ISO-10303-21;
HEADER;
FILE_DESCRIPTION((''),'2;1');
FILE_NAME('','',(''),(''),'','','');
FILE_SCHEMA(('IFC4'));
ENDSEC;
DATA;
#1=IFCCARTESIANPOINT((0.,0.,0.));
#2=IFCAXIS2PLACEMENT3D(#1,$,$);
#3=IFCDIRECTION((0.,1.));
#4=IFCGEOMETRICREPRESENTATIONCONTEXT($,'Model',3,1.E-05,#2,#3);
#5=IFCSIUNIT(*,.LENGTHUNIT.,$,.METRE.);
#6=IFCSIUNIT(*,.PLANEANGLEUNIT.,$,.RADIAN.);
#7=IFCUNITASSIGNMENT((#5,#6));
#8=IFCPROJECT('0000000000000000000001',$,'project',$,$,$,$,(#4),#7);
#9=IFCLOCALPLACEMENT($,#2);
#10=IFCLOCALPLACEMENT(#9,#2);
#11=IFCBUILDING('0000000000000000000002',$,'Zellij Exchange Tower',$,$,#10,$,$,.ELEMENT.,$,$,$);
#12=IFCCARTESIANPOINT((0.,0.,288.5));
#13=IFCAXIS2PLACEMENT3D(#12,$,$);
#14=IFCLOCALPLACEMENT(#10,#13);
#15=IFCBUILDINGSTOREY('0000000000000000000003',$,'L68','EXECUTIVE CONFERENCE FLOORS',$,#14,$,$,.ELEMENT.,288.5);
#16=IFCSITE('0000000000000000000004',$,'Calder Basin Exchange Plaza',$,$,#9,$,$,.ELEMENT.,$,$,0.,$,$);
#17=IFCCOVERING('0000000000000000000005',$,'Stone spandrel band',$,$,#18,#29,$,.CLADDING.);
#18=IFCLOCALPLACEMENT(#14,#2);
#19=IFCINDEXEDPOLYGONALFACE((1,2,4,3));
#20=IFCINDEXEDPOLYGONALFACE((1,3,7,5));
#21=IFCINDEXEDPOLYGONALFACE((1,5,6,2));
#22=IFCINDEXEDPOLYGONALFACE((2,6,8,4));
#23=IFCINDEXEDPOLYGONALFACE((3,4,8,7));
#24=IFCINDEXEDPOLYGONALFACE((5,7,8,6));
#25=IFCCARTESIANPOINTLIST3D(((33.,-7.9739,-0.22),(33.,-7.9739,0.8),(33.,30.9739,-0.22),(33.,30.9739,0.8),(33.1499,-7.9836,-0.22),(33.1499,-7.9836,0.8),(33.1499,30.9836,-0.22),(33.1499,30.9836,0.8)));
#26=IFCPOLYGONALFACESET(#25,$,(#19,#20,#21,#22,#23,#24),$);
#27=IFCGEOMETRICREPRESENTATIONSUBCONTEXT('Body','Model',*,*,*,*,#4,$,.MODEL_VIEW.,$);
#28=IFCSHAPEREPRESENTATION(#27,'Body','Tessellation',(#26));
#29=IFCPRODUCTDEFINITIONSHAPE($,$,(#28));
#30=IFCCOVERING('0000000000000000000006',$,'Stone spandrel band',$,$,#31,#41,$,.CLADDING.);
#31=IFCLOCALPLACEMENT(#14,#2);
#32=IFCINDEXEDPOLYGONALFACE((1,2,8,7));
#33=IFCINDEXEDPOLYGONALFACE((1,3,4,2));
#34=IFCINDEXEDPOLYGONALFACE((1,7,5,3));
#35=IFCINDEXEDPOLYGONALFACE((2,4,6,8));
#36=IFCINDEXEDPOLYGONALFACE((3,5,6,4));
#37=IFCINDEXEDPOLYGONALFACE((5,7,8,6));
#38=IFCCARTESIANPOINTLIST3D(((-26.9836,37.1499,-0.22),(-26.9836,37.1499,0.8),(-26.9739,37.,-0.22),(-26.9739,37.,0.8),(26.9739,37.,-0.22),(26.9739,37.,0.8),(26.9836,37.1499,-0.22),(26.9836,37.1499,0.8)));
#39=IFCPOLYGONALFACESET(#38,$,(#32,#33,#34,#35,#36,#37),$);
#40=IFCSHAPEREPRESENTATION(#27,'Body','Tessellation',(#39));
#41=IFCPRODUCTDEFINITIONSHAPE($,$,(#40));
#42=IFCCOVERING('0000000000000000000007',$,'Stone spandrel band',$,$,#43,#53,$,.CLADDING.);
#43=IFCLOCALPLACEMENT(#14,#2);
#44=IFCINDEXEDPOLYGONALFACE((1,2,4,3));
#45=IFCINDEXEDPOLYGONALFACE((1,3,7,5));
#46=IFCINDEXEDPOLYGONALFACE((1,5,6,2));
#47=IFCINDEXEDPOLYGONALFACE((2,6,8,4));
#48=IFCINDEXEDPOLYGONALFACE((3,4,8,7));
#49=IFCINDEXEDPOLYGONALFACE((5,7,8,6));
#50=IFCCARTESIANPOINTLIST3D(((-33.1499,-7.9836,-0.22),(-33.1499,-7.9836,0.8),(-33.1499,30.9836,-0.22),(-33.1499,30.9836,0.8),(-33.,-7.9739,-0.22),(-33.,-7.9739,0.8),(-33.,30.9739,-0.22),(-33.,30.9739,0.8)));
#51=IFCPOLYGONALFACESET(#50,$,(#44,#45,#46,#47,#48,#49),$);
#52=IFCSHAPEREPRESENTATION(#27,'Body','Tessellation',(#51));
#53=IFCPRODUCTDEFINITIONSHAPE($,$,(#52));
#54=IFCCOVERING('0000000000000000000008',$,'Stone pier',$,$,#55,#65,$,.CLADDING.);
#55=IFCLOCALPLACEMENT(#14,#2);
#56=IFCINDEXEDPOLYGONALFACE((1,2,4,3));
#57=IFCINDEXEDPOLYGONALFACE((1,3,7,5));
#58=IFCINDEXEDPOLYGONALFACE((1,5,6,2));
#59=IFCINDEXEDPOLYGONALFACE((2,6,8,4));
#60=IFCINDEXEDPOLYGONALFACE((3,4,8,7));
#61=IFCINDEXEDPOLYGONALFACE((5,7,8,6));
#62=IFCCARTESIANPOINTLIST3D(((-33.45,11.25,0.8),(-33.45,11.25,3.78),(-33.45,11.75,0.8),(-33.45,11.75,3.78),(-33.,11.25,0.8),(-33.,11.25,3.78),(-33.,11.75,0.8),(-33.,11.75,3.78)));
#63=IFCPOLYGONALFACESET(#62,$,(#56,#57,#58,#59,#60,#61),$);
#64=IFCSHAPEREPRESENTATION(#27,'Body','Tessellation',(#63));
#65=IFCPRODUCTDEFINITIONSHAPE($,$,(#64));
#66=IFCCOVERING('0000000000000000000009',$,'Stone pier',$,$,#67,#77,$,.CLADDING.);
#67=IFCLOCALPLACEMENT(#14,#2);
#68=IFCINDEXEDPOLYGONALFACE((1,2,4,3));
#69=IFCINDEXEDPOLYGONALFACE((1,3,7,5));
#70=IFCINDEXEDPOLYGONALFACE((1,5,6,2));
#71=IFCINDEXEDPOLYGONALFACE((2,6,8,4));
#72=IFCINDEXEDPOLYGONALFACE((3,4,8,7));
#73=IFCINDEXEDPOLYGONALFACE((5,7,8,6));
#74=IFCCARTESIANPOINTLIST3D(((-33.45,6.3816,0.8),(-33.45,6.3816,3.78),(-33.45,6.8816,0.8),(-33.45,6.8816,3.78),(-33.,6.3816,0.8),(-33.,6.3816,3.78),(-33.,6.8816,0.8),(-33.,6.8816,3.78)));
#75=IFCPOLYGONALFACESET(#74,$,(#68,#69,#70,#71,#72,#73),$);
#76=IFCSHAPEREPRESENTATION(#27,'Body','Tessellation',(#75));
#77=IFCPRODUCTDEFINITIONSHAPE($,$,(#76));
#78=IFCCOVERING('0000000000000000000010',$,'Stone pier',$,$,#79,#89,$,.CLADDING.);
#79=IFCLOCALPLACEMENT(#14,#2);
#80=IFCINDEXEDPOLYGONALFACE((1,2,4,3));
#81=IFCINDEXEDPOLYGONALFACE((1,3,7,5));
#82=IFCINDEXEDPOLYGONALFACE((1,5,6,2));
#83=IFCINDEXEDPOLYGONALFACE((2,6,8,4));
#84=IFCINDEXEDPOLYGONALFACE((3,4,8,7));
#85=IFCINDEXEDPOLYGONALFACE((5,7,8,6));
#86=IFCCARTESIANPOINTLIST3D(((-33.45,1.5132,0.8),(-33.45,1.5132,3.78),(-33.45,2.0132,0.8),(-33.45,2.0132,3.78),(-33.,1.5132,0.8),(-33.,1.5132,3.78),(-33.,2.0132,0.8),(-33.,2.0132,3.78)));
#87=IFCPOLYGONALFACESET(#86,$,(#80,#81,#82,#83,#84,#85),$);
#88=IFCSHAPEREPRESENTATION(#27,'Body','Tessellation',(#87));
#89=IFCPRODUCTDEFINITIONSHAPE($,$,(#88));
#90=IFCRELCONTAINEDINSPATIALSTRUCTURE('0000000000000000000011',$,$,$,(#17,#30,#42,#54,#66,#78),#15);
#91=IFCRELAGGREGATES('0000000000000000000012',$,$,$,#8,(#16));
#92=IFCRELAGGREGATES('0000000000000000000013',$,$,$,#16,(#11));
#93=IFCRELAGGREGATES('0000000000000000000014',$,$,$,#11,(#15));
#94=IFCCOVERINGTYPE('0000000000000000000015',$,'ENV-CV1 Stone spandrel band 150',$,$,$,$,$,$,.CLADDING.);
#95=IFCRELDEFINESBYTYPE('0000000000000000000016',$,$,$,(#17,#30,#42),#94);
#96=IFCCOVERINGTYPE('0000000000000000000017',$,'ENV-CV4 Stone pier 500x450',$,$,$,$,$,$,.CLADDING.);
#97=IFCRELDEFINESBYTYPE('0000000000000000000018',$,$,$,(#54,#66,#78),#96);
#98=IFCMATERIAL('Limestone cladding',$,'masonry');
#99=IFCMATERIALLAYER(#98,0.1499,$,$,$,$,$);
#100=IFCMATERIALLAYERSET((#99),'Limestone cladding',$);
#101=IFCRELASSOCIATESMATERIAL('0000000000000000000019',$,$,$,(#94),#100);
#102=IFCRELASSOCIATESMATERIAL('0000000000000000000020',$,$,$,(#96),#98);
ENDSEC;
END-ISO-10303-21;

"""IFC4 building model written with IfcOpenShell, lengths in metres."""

from ifc_helpers import new_model, si_unit, direction, frame, origin, place, context, subcontext, project, spatial, polyline, outline, extrude, material, layer, layer_set, type_object, element, save


model = new_model("IFC4")

# Units and contexts
model_context = context("Model", 3, precision=1e-05, world=origin(), true_north=direction((0.0, 1.0)))
body_context = subcontext(model_context, "Body", "Model", "MODEL_VIEW")
ifc_project = project(units=[si_unit("LENGTHUNIT", "METRE"), si_unit("PLANEANGLEUNIT", "RADIAN")], contexts=[model_context])

# Site, building, storey
site_placement = place(None, origin())
site = spatial("IfcSite", under=ifc_project, at=site_placement, Name="Calder Basin Exchange Plaza", CompositionType="ELEMENT", RefElevation=0.0)
building_placement = place(site_placement, origin())
building = spatial("IfcBuilding", under=site, at=building_placement, Name="Zellij Exchange Tower", CompositionType="ELEMENT")
storey_placement = place(building_placement, frame((0.0, 0.0, 288.5)))
storey = spatial("IfcBuildingStorey", under=building, at=storey_placement, Name="L68", Description="EXECUTIVE CONFERENCE FLOORS", CompositionType="ELEMENT", Elevation=288.5)

# Coverings
ifc_material_1 = material(Name="Limestone cladding", Category="masonry")
ifc_layer_1 = layer(ifc_material_1, 0.1499)
ifc_layer_set_1 = layer_set([ifc_layer_1], Name="Limestone cladding")
covering_type_1 = type_object("IfcCoveringType", Name="ENV-CV1 Stone spandrel band 150", PredefinedType="CLADDING", material=ifc_layer_set_1)
covering_1_placement = place(storey_placement, frame((0.0, 0.0, -0.22)))
element("IfcCovering", 1, at=covering_1_placement, inside=storey, type_object=covering_type_1, Name="Stone spandrel band", PredefinedType="CLADDING", context=body_context, shape_type="SweptSolid", body=[
    extrude(outline(polyline([(33.0, -7.9739), (33.0, 30.9739), (33.1499, 30.9836), (33.1499, -7.9836), (33.0, -7.9739)])), origin(), (0.0, 0.0, 1.0), 1.02),
])
covering_2_placement = place(storey_placement, frame((0.0, 0.0, -0.22)))
element("IfcCovering", 2, at=covering_2_placement, inside=storey, type_object=covering_type_1, Name="Stone spandrel band", PredefinedType="CLADDING", context=body_context, shape_type="SweptSolid", body=[
    extrude(outline(polyline([(26.9739, 37.0), (-26.9739, 37.0), (-26.9836, 37.1499), (26.9836, 37.1499), (26.9739, 37.0)])), origin(), (0.0, 0.0, 1.0), 1.02),
])
covering_3_placement = place(storey_placement, frame((0.0, 0.0, -0.22)))
element("IfcCovering", 3, at=covering_3_placement, inside=storey, type_object=covering_type_1, Name="Stone spandrel band", PredefinedType="CLADDING", context=body_context, shape_type="SweptSolid", body=[
    extrude(outline(polyline([(-33.0, 30.9739), (-33.0, -7.9739), (-33.1499, -7.9836), (-33.1499, 30.9836), (-33.0, 30.9739)])), origin(), (0.0, 0.0, 1.0), 1.02),
])
covering_type_2 = type_object("IfcCoveringType", Name="ENV-CV4 Stone pier 500x450", PredefinedType="CLADDING", material=ifc_material_1)
covering_4_placement = place(storey_placement, frame((0.0, 0.0, 0.8)))
element("IfcCovering", 4, at=covering_4_placement, inside=storey, type_object=covering_type_2, Name="Stone pier", PredefinedType="CLADDING", context=body_context, shape_type="SweptSolid", body=[
    extrude(outline(polyline([(-33.0, 11.75), (-33.0, 11.25), (-33.45, 11.25), (-33.45, 11.75), (-33.0, 11.75)])), origin(), (0.0, 0.0, 1.0), 2.98),
])
covering_5_placement = place(storey_placement, frame((0.0, 0.0, 0.8)))
element("IfcCovering", 5, at=covering_5_placement, inside=storey, type_object=covering_type_2, Name="Stone pier", PredefinedType="CLADDING", context=body_context, shape_type="SweptSolid", body=[
    extrude(outline(polyline([(-33.0, 6.8816), (-33.0, 6.3816), (-33.45, 6.3816), (-33.45, 6.8816), (-33.0, 6.8816)])), origin(), (0.0, 0.0, 1.0), 2.98),
])
covering_6_placement = place(storey_placement, frame((0.0, 0.0, 0.8)))
element("IfcCovering", 6, at=covering_6_placement, inside=storey, type_object=covering_type_2, Name="Stone pier", PredefinedType="CLADDING", context=body_context, shape_type="SweptSolid", body=[
    extrude(outline(polyline([(-33.0, 2.0132), (-33.0, 1.5132), (-33.45, 1.5132), (-33.45, 2.0132), (-33.0, 2.0132)])), origin(), (0.0, 0.0, 1.0), 2.98),
])

save(model, "model.ifc")
